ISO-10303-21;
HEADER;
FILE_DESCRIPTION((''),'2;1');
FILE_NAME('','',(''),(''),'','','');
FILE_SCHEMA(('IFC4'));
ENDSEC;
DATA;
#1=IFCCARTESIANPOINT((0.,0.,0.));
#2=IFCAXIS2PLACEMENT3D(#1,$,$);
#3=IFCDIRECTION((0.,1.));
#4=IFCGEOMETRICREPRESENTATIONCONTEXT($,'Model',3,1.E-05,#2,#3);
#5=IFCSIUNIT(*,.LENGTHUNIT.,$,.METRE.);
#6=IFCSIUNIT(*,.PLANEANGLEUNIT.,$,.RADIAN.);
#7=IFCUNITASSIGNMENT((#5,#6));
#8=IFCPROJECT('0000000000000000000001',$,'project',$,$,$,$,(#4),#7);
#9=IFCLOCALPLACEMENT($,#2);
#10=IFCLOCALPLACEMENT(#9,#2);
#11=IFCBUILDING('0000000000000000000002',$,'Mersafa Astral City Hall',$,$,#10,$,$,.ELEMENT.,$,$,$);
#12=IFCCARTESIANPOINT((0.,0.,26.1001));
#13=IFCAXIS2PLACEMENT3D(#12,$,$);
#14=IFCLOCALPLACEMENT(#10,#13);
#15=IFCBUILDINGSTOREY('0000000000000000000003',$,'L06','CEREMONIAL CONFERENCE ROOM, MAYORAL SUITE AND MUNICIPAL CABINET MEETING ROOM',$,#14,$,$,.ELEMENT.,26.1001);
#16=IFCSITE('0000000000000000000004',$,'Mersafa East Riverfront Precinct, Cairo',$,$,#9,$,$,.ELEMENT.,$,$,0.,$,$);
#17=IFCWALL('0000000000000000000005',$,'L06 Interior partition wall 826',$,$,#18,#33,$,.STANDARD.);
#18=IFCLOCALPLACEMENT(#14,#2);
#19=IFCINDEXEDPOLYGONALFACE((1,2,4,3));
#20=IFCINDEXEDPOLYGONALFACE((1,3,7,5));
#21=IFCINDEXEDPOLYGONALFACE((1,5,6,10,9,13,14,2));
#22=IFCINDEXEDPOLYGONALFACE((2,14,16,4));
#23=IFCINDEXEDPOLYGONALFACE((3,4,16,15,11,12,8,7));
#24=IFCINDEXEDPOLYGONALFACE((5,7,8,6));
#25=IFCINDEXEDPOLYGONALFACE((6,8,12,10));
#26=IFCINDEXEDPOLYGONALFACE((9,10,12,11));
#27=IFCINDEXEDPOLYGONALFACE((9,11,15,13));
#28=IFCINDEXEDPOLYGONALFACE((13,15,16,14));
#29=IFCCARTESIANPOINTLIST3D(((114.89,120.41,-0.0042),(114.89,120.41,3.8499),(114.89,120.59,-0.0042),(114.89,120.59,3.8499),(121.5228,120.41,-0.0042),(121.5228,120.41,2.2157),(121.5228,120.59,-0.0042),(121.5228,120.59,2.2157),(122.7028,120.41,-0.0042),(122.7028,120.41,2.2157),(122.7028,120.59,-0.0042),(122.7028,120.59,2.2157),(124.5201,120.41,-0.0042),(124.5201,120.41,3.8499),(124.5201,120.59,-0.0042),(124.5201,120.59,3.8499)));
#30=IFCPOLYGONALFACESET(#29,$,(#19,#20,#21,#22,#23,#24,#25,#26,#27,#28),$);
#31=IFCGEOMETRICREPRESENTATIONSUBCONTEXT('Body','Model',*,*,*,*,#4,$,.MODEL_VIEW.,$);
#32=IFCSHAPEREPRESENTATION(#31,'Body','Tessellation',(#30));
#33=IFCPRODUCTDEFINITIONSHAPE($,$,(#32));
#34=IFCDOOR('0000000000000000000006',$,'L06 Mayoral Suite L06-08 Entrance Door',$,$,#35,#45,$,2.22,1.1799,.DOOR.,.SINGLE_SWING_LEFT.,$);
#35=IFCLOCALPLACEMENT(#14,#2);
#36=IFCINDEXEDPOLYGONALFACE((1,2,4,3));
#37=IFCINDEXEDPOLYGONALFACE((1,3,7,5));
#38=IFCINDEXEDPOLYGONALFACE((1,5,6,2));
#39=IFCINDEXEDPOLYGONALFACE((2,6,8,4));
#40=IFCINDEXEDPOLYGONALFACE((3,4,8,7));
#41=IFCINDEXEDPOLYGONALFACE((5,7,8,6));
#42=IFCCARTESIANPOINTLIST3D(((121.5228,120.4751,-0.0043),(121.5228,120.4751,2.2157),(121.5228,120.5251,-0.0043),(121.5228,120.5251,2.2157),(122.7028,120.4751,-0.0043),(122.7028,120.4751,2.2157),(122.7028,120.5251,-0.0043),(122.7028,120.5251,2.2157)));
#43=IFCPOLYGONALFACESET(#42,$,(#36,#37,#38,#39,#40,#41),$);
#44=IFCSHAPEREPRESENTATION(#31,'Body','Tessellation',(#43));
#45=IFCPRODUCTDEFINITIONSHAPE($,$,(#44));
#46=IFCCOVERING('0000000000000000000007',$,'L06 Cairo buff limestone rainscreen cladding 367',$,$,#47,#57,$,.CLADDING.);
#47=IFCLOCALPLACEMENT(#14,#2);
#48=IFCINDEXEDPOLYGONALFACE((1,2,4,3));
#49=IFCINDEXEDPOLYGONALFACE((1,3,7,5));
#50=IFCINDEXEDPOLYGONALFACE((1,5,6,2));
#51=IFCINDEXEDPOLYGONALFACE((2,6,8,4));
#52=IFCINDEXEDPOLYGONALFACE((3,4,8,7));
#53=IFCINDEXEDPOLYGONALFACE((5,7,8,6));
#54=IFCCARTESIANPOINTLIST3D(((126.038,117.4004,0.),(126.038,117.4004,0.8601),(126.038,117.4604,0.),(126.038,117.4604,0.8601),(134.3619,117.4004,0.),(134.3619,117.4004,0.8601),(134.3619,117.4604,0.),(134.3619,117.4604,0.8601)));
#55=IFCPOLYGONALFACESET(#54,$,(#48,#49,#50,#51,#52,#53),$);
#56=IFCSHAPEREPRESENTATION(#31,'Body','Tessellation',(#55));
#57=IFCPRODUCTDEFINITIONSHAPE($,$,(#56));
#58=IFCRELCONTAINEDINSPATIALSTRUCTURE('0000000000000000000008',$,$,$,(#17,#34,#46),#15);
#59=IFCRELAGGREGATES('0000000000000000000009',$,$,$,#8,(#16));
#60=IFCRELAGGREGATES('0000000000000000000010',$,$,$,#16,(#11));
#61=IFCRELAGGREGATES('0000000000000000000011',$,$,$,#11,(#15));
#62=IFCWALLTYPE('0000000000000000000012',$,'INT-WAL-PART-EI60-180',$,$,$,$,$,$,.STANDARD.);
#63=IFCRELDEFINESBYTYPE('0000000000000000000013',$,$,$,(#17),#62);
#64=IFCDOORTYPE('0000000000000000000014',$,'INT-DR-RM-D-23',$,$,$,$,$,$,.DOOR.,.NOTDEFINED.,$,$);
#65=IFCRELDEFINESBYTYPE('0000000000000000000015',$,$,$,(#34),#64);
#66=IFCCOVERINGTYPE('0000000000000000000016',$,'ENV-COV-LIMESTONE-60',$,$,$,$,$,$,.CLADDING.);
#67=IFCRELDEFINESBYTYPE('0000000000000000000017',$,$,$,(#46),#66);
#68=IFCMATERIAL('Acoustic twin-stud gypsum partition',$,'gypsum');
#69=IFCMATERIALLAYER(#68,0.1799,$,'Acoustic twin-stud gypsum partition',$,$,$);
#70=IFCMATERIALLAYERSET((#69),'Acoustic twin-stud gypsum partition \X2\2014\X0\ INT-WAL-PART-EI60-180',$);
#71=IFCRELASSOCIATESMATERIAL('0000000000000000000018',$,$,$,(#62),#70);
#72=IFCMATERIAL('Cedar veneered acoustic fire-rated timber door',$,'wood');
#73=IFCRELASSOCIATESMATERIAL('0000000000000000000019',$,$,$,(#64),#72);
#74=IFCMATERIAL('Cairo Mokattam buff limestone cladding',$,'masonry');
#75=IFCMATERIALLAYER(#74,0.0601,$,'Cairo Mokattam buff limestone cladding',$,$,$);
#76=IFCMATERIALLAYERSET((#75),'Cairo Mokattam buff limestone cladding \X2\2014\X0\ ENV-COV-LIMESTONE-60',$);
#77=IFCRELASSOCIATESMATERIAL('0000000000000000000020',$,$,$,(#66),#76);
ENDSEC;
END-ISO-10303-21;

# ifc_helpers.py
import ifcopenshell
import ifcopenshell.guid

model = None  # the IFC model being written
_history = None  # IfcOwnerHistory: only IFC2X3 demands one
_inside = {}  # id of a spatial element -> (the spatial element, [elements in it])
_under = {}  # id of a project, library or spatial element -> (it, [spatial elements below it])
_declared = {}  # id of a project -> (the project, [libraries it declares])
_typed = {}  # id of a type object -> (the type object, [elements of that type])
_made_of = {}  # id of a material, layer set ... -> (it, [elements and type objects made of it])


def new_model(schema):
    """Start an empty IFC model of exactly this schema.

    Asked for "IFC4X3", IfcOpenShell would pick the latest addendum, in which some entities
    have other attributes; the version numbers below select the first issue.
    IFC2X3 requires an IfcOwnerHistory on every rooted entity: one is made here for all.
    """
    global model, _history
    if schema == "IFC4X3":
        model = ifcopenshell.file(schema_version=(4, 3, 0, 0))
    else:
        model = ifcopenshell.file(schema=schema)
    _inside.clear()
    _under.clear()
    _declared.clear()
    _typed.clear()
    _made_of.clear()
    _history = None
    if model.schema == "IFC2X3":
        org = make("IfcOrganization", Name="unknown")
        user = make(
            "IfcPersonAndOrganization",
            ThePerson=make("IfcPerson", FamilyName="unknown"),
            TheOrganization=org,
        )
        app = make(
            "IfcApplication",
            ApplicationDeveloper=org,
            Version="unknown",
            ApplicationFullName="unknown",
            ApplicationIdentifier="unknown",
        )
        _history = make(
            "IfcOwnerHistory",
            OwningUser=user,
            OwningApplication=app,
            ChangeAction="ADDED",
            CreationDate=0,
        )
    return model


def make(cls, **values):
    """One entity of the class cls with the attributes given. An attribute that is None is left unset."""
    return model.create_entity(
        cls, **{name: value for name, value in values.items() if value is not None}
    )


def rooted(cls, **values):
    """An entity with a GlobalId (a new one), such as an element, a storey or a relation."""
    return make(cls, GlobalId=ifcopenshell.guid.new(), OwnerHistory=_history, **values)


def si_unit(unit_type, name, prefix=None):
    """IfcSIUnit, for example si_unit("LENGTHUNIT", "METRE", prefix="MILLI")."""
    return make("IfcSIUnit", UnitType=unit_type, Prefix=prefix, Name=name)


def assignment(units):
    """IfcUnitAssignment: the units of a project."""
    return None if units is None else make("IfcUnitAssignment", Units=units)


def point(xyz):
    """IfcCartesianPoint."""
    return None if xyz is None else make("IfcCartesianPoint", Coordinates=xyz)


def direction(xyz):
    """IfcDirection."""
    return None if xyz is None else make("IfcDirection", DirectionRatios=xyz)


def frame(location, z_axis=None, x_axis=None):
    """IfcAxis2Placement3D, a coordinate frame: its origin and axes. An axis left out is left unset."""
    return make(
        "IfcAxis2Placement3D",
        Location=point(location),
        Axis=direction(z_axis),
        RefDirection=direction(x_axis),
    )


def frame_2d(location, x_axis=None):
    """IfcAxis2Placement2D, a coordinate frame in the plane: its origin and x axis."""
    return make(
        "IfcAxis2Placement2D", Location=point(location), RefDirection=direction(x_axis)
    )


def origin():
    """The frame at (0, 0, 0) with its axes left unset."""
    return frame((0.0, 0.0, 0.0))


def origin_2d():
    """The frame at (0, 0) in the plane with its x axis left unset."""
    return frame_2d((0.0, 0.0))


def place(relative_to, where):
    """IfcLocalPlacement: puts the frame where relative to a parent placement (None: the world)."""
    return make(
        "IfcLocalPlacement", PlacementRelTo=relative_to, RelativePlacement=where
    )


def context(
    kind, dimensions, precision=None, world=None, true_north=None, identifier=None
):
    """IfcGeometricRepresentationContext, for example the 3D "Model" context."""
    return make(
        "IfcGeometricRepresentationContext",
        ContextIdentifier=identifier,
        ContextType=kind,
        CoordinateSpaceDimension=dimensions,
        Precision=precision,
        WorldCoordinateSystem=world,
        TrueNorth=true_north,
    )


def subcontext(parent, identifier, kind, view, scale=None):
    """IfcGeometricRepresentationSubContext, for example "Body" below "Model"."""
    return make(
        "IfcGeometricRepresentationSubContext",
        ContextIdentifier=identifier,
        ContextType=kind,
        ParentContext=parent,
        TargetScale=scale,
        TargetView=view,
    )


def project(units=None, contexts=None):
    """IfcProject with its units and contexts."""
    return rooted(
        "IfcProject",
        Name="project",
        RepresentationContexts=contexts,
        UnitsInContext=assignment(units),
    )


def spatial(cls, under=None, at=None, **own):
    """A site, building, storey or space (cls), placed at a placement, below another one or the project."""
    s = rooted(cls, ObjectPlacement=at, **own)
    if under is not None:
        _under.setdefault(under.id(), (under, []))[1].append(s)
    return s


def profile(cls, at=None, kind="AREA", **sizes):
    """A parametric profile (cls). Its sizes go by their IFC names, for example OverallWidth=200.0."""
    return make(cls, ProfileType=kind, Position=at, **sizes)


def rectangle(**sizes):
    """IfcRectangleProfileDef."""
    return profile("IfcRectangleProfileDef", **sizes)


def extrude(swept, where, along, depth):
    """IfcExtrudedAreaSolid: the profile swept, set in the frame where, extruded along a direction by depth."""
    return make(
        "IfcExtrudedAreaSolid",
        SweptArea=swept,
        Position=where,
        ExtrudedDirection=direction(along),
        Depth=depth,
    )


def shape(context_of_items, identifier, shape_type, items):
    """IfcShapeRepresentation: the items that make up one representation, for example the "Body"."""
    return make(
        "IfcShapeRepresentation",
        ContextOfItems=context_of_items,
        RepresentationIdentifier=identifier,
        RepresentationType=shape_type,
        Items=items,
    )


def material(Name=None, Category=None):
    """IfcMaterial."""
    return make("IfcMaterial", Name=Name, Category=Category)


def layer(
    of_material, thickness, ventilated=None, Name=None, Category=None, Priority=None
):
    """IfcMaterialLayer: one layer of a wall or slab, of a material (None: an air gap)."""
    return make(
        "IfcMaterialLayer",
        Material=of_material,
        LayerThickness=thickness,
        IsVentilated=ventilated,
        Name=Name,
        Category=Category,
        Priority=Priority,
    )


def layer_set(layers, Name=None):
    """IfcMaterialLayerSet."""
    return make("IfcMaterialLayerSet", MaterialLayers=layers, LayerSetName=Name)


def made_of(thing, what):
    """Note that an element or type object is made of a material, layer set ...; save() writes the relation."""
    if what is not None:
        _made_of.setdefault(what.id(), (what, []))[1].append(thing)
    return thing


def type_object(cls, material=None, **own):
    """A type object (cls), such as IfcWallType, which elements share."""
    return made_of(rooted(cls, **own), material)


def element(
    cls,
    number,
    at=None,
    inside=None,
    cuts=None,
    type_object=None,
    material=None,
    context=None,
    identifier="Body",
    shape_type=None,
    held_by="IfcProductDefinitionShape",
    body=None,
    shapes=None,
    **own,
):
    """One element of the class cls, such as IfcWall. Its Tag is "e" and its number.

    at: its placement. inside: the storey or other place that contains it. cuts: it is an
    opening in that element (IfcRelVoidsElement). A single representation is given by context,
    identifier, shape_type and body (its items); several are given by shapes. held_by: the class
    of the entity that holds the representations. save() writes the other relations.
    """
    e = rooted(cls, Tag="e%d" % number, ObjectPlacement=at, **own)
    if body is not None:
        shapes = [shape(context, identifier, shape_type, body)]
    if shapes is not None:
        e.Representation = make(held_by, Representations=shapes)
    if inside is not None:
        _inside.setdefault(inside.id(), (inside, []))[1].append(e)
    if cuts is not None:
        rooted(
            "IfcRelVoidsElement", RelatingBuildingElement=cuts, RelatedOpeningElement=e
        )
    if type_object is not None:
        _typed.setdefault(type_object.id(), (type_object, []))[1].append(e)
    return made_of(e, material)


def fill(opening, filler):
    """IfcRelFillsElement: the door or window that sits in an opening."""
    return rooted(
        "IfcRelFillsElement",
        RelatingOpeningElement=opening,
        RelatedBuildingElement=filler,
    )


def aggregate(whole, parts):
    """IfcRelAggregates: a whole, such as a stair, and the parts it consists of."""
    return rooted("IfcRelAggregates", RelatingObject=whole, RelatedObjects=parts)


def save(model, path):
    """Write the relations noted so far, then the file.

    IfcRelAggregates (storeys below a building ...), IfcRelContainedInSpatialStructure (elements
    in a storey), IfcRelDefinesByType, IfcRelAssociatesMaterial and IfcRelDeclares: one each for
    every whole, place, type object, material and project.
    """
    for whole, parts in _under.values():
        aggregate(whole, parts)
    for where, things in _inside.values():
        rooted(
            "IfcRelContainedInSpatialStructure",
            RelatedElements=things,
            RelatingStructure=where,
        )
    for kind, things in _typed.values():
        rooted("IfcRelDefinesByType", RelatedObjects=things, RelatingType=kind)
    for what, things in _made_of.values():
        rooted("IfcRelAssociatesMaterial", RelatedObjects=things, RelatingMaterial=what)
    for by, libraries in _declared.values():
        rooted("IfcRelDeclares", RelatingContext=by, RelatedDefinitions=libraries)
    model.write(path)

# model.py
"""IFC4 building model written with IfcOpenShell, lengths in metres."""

from ifc_helpers import new_model, si_unit, direction, frame, frame_2d, origin, origin_2d, place, context, subcontext, project, spatial, rectangle, extrude, material, layer, layer_set, type_object, element, fill, save


model = new_model("IFC4")

# Units and contexts
model_context = context("Model", 3, precision=1e-05, world=origin(), true_north=direction((0.0, 1.0)))
body_context = subcontext(model_context, "Body", "Model", "MODEL_VIEW")
ifc_project = project(units=[si_unit("LENGTHUNIT", "METRE"), si_unit("PLANEANGLEUNIT", "RADIAN")], contexts=[model_context])

# Site, building, storey
site_placement = place(None, origin())
site = spatial("IfcSite", under=ifc_project, at=site_placement, Name="Mersafa East Riverfront Precinct, Cairo", CompositionType="ELEMENT", RefElevation=0.0)
building_placement = place(site_placement, origin())
building = spatial("IfcBuilding", under=site, at=building_placement, Name="Mersafa Astral City Hall", CompositionType="ELEMENT")
storey_placement = place(building_placement, frame((0.0, 0.0, 26.1001)))
storey = spatial("IfcBuildingStorey", under=building, at=storey_placement, Name="L06", Description="CEREMONIAL CONFERENCE ROOM, MAYORAL SUITE AND MUNICIPAL CABINET MEETING ROOM", CompositionType="ELEMENT", Elevation=26.1001)

# Wall, opening, door
ifc_material_1 = material(Name="Acoustic twin-stud gypsum partition", Category="gypsum")
ifc_layer_1 = layer(ifc_material_1, 0.1799, Name="Acoustic twin-stud gypsum partition")
ifc_layer_set_1 = layer_set([ifc_layer_1], Name="Acoustic twin-stud gypsum partition — INT-WAL-PART-EI60-180")
wall_type_1 = type_object("IfcWallType", Name="INT-WAL-PART-EI60-180", PredefinedType="STANDARD", material=ifc_layer_set_1)
wall_1_placement = place(storey_placement, frame((124.52, 120.5, -0.0042), z_axis=(0.0, 0.0, 1.0), x_axis=(-1.0, 0.0, 0.0)))
wall_1 = element("IfcWall", 1, at=wall_1_placement, inside=storey, type_object=wall_type_1, Name="L06 Interior partition wall 826", PredefinedType="STANDARD", context=body_context, shape_type="SweptSolid", body=[
    extrude(rectangle(XDim=9.6301, YDim=0.1799, at=frame_2d((4.8149, 0.0))), origin(), (0.0, 0.0, 1.0), 3.854),
])
opening_1_placement = place(wall_1_placement, frame((1.8174, 0.0, 0.0)))
opening_1 = element("IfcOpeningElement", 2, at=opening_1_placement, cuts=wall_1, PredefinedType="OPENING", context=body_context, shape_type="SweptSolid", body=[
    extrude(rectangle(XDim=1.1799, YDim=2.22, at=frame_2d((0.5898, 1.1099))), frame((0.0, 0.0999, 0.0), z_axis=(0.0, -1.0, 0.0), x_axis=(1.0, 0.0, 0.0)), (0.0, 0.0, 1.0), 0.2),
])
ifc_material_2 = material(Name="Cedar veneered acoustic fire-rated timber door", Category="wood")
door_type = type_object("IfcDoorType", Name="INT-DR-RM-D-23", OperationType="NOTDEFINED", PredefinedType="DOOR", material=ifc_material_2)
door_placement = place(opening_1_placement, origin())
door = element("IfcDoor", 3, at=door_placement, inside=storey, type_object=door_type, Name="L06 Mayoral Suite L06-08 Entrance Door", OperationType="SINGLE_SWING_LEFT", OverallHeight=2.22, OverallWidth=1.1799, PredefinedType="DOOR", context=body_context, shape_type="SweptSolid", body=[
    extrude(rectangle(XDim=1.1799, YDim=2.22, at=frame_2d((0.5898, 1.1099))), frame((0.0, 0.0249, 0.0), z_axis=(0.0, -1.0, 0.0), x_axis=(1.0, 0.0, 0.0)), (0.0, 0.0, 1.0), 0.05),
])
fill(opening_1, door)

# Covering
ifc_material_3 = material(Name="Cairo Mokattam buff limestone cladding", Category="masonry")
ifc_layer_2 = layer(ifc_material_3, 0.0601, Name="Cairo Mokattam buff limestone cladding")
ifc_layer_set_2 = layer_set([ifc_layer_2], Name="Cairo Mokattam buff limestone cladding — ENV-COV-LIMESTONE-60")
covering_type = type_object("IfcCoveringType", Name="ENV-COV-LIMESTONE-60", PredefinedType="CLADDING", material=ifc_layer_set_2)
covering_placement = place(storey_placement, frame((130.2, 117.4304, 0.0), z_axis=(0.0, 0.0, 1.0), x_axis=(1.0, 0.0, 0.0)))
element("IfcCovering", 4, at=covering_placement, inside=storey, type_object=covering_type, Name="L06 Cairo buff limestone rainscreen cladding 367", PredefinedType="CLADDING", context=body_context, shape_type="SweptSolid", body=[
    extrude(rectangle(XDim=8.324, YDim=0.0601, at=origin_2d()), origin(), (0.0, 0.0, 1.0), 0.8601),
])

save(model, "model.ifc")
